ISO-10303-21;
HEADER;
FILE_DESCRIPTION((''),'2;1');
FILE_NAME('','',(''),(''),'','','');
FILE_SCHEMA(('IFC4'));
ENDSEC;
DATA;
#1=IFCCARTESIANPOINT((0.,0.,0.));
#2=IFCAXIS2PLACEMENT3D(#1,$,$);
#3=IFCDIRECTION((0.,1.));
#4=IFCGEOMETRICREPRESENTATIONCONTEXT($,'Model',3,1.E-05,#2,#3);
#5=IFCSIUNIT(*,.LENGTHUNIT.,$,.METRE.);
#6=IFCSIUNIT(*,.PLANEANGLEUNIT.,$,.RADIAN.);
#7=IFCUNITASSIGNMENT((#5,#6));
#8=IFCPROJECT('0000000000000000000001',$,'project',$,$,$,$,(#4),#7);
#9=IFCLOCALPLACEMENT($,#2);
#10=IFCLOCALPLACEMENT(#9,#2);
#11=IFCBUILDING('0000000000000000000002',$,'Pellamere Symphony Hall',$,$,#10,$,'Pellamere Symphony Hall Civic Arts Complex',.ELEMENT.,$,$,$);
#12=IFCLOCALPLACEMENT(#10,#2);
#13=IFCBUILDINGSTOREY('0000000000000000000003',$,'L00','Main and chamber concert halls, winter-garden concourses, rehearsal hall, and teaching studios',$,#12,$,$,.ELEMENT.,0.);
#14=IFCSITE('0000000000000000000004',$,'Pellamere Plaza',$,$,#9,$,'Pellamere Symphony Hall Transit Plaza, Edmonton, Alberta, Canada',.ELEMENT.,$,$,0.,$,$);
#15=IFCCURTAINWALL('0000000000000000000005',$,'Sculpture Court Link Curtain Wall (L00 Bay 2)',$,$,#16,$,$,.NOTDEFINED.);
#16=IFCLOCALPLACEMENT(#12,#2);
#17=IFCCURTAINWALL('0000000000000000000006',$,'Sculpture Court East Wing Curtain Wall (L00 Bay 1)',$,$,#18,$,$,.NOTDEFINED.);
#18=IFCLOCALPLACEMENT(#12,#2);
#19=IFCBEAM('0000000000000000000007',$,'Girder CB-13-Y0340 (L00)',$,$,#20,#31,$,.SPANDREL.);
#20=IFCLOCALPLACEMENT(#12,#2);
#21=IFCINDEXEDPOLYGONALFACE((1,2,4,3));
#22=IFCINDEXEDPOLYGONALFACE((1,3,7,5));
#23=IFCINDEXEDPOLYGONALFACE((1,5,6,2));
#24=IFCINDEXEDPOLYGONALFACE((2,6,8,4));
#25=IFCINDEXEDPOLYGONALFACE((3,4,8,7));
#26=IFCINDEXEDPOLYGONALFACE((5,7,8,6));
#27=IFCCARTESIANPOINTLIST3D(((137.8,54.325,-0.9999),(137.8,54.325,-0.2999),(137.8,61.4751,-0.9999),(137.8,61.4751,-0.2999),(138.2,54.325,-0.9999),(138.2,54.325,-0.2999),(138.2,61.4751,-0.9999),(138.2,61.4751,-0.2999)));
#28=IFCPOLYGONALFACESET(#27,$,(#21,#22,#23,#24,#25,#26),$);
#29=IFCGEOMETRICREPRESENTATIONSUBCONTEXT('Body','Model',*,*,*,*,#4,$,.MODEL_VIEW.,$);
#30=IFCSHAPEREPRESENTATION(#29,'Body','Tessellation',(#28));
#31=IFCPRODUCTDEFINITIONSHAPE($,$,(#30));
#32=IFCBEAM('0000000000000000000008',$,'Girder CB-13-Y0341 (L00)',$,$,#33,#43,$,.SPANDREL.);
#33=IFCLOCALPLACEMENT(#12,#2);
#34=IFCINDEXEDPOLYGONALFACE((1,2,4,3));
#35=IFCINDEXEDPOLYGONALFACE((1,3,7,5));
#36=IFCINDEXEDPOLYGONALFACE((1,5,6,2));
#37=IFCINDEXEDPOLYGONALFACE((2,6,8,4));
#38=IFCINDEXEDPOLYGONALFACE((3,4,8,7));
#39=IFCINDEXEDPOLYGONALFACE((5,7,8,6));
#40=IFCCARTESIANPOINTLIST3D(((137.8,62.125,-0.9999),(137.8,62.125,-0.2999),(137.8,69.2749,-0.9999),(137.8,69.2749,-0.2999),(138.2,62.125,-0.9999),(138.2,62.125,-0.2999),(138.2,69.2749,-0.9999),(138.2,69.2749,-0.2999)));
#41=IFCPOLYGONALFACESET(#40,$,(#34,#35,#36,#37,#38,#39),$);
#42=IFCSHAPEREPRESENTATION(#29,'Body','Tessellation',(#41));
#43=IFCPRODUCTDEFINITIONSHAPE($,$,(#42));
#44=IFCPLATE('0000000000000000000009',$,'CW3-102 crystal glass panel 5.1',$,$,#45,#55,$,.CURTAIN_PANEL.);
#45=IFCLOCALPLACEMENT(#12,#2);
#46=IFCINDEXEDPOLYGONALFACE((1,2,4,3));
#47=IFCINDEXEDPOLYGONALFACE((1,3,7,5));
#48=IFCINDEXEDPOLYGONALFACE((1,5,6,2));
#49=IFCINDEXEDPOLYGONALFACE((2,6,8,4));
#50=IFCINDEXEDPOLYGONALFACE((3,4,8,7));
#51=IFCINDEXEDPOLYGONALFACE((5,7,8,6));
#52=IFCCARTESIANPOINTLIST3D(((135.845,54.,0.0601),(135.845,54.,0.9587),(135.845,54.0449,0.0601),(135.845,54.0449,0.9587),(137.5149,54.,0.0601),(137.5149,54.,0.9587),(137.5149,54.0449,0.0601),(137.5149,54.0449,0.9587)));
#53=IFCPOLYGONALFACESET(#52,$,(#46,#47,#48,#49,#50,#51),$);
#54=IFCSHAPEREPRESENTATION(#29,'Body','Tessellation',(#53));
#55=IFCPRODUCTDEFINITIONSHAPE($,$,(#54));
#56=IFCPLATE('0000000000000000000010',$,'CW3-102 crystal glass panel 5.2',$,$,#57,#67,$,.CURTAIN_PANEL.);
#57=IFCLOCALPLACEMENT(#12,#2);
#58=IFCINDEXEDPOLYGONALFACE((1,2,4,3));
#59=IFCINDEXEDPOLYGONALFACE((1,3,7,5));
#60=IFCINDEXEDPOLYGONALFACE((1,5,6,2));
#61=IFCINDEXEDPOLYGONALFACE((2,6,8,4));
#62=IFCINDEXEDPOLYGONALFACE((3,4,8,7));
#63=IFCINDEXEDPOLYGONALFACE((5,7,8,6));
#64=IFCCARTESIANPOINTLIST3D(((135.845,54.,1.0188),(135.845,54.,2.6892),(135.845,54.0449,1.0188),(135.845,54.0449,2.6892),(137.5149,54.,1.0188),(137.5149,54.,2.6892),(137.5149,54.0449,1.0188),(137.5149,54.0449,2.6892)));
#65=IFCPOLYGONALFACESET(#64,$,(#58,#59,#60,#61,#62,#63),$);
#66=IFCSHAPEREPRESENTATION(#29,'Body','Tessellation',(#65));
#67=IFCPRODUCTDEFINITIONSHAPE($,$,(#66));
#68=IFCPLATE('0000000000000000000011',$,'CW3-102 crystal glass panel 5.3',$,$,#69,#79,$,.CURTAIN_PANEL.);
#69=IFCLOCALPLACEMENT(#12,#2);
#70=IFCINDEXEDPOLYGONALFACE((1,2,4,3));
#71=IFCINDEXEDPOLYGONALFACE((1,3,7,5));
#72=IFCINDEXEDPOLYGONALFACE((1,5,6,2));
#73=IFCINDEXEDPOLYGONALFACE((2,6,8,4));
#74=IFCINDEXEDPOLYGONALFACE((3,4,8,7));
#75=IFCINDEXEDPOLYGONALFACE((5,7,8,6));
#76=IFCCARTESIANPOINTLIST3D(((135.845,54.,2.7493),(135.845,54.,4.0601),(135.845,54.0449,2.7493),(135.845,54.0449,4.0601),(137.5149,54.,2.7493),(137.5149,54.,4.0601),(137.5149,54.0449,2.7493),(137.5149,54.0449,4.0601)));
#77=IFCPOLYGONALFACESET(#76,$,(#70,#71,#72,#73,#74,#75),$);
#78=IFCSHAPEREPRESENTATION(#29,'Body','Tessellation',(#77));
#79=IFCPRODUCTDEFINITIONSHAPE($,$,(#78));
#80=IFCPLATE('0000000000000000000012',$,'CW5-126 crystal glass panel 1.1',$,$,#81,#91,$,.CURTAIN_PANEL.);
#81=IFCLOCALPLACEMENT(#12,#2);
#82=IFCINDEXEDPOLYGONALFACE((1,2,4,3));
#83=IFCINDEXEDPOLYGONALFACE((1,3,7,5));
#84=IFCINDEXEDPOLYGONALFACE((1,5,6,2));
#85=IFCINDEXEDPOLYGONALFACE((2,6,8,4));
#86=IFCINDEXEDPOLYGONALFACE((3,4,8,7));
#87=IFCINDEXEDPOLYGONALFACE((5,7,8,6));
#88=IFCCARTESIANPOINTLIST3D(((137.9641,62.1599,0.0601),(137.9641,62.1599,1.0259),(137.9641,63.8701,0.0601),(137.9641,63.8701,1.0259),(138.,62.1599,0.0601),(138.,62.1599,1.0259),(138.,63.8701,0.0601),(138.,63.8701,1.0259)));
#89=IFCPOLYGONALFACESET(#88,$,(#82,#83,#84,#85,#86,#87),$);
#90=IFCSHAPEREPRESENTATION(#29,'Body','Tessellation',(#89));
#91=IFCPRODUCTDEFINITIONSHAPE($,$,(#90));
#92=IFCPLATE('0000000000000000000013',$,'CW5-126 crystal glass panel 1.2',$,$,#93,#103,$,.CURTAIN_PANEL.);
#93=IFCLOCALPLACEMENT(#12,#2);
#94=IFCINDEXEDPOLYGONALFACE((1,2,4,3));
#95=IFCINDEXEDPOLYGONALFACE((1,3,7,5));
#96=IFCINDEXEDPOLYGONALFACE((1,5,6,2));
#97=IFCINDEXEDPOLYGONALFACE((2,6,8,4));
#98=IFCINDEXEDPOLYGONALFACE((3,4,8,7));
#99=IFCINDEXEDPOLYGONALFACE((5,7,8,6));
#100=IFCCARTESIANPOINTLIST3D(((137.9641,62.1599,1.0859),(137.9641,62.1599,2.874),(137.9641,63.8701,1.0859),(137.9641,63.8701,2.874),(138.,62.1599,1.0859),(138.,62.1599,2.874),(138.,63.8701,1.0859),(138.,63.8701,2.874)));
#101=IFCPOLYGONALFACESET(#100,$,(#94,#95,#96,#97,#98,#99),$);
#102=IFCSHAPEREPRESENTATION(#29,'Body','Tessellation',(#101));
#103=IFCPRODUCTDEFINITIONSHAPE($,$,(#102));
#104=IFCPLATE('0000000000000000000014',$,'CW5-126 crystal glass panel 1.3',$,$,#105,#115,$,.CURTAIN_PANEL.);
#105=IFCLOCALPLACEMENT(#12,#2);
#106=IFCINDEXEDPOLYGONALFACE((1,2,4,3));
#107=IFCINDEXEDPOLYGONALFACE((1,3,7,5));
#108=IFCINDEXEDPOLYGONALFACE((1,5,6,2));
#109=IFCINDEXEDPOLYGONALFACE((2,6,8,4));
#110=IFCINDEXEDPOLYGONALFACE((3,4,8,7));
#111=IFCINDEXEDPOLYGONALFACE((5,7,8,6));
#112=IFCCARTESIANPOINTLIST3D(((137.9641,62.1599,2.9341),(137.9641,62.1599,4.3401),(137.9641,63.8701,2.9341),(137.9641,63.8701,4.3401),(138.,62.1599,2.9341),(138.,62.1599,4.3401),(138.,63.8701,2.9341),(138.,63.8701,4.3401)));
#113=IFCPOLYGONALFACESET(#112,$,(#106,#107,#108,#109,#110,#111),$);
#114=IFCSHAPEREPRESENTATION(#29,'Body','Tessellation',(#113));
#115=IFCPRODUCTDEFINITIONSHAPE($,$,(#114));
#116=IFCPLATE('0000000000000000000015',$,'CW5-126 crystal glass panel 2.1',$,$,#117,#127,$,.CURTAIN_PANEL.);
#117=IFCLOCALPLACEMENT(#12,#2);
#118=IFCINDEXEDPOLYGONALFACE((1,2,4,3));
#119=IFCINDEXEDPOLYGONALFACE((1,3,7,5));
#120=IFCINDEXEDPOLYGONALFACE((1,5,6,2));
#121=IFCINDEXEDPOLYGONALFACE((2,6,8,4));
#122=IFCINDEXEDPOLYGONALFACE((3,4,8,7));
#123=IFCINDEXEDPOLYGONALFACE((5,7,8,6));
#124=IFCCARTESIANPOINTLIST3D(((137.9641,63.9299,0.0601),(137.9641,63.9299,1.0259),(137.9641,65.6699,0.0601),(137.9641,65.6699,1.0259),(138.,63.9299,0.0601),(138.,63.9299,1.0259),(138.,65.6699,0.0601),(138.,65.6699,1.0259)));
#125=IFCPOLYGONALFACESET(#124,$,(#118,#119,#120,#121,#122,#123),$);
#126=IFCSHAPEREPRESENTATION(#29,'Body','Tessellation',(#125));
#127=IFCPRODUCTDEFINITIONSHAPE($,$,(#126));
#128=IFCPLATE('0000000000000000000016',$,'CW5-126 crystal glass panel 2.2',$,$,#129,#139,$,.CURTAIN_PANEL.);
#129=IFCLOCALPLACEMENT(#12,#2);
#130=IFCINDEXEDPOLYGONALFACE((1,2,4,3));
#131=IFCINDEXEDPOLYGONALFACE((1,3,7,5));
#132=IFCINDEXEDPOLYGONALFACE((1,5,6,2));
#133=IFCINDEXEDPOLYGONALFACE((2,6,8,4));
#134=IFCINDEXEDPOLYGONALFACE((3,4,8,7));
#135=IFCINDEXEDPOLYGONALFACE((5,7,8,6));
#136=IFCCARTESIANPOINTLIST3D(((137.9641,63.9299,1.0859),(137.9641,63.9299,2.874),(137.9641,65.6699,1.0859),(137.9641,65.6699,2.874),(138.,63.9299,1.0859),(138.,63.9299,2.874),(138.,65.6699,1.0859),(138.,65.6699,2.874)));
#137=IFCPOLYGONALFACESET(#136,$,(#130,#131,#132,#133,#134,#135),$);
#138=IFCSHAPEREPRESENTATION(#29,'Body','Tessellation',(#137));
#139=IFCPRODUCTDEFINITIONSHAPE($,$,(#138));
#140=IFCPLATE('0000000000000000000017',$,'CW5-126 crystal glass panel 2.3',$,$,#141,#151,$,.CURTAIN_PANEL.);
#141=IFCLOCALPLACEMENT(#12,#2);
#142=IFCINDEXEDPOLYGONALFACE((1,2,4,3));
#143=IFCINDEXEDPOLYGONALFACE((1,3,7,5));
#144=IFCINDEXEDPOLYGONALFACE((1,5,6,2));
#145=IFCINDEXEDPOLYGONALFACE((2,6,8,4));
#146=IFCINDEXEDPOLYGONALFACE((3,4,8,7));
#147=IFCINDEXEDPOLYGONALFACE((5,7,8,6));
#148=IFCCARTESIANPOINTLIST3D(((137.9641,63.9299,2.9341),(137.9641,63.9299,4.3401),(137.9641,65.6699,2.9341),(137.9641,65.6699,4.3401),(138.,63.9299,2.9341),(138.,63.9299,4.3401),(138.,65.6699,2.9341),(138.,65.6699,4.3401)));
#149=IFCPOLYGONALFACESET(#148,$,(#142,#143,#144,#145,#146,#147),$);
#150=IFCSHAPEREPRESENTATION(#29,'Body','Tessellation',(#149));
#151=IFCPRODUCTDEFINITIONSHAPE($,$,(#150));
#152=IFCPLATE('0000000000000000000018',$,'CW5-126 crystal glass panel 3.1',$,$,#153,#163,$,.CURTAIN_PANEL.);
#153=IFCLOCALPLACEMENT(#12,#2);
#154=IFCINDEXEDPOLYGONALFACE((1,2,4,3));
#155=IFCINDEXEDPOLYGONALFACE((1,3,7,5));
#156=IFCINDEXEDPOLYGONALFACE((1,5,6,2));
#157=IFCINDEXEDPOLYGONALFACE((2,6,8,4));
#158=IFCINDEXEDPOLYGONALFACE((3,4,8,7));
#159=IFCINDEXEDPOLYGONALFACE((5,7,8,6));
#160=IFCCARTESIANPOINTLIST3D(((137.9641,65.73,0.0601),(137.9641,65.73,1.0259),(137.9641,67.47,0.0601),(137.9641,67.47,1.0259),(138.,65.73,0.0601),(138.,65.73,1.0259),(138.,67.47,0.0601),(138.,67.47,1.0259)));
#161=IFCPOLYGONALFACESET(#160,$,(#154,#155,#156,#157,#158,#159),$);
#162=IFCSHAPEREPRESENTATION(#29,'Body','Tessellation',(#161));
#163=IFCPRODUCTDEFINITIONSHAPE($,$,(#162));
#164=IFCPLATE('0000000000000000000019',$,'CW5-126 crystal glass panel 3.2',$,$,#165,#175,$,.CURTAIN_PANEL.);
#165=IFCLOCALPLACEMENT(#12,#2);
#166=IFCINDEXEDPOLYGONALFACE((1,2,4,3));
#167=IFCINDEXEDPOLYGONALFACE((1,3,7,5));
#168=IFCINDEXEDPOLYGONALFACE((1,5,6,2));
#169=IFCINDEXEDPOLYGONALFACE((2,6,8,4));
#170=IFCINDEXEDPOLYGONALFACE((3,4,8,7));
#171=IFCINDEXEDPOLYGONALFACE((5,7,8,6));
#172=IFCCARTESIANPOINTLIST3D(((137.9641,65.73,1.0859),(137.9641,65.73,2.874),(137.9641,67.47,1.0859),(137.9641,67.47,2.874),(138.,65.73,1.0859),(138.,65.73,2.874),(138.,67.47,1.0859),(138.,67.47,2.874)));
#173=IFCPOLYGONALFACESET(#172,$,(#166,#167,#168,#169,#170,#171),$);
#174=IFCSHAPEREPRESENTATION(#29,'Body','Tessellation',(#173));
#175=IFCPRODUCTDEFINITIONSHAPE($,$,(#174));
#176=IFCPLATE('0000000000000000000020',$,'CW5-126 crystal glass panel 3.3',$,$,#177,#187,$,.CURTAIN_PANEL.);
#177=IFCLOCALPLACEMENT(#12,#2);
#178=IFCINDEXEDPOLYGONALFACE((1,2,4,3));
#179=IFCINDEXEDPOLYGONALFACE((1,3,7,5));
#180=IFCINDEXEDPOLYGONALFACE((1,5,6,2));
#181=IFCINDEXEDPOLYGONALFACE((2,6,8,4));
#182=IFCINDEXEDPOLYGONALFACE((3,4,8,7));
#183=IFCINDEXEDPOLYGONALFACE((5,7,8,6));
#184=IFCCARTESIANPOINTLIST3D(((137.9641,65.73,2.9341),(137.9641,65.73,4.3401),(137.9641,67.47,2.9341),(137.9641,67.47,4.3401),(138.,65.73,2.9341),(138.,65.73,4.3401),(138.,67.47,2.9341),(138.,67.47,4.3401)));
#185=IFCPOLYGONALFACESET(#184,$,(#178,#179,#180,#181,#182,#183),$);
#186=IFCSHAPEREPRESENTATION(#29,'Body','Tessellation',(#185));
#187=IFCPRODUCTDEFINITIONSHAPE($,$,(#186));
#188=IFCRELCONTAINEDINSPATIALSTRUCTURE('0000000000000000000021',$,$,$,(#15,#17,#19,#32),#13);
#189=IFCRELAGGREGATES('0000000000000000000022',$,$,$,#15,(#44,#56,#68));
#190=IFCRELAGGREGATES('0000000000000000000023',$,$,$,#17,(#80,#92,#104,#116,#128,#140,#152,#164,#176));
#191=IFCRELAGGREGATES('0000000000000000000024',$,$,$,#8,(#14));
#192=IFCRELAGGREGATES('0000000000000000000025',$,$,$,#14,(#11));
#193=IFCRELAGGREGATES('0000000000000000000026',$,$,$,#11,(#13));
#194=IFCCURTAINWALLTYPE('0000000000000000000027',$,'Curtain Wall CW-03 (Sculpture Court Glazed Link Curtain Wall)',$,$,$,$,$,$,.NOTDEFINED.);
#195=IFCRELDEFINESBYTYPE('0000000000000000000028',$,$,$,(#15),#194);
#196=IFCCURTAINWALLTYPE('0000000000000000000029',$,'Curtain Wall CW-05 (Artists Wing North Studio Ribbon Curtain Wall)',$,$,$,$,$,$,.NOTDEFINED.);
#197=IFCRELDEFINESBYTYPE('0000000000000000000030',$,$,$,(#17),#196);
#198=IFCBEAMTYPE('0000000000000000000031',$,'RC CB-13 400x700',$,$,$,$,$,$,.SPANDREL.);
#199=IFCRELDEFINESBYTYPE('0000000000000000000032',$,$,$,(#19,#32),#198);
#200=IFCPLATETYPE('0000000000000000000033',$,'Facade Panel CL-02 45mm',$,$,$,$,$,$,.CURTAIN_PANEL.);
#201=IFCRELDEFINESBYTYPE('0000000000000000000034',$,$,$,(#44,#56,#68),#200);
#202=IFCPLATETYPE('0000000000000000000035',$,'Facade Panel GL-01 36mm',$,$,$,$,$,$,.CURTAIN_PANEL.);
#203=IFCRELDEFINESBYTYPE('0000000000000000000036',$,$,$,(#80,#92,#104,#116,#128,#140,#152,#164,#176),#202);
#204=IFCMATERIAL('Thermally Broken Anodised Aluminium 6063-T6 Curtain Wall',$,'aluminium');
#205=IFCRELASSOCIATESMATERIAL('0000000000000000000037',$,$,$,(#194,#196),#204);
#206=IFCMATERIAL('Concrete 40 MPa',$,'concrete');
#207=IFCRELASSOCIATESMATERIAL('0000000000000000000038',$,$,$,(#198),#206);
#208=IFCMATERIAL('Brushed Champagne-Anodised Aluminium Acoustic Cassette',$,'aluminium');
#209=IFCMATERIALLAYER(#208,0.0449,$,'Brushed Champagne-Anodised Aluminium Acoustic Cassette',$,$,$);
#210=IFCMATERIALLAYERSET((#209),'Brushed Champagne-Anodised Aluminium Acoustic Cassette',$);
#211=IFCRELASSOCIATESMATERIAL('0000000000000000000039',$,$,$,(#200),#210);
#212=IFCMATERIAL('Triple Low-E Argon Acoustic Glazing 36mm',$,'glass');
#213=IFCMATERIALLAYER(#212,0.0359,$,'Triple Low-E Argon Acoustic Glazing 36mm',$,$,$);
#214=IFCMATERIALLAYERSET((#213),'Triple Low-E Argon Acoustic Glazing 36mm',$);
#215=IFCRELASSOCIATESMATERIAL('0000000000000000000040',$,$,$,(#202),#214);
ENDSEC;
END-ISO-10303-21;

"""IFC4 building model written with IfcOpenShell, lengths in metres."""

from ifc_helpers import new_model, si_unit, direction, frame, origin, origin_2d, place, context, subcontext, project, spatial, polyline, rectangle, outline, extrude, material, layer, layer_set, material_profile, profile_set, type_object, element, aggregate, save


model = new_model("IFC4")

# Units and contexts
model_context = context("Model", 3, precision=1e-05, world=origin(), true_north=direction((0.0, 1.0)))
body_context = subcontext(model_context, "Body", "Model", "MODEL_VIEW")
ifc_project = project(units=[si_unit("LENGTHUNIT", "METRE"), si_unit("PLANEANGLEUNIT", "RADIAN")], contexts=[model_context])

# Site, building, storey
site_placement = place(None, origin())
site = spatial("IfcSite", under=ifc_project, at=site_placement, Name="Pellamere Plaza", LongName="Pellamere Symphony Hall Transit Plaza, Edmonton, Alberta, Canada", CompositionType="ELEMENT", RefElevation=0.0)
building_placement = place(site_placement, origin())
building = spatial("IfcBuilding", under=site, at=building_placement, Name="Pellamere Symphony Hall", LongName="Pellamere Symphony Hall Civic Arts Complex", CompositionType="ELEMENT")
storey_placement = place(building_placement, origin())
storey = spatial("IfcBuildingStorey", under=building, at=storey_placement, Name="L00", Description="Main and chamber concert halls, winter-garden concourses, rehearsal hall, and teaching studios", CompositionType="ELEMENT", Elevation=0.0)

# Shared definitions
ifc_material_1 = material(Name="Concrete 40 MPa", Category="concrete")

# Curtain wall
ifc_material_2 = material(Name="Thermally Broken Anodised Aluminium 6063-T6 Curtain Wall", Category="aluminium")
curtain_wall_type_1 = type_object("IfcCurtainWallType", Name="Curtain Wall CW-03 (Sculpture Court Glazed Link Curtain Wall)", PredefinedType="NOTDEFINED", material=ifc_material_2)
curtain_wall_1_placement = place(storey_placement, origin())
curtain_wall_1 = element("IfcCurtainWall", 1, at=curtain_wall_1_placement, inside=storey, type_object=curtain_wall_type_1, Name="Sculpture Court Link Curtain Wall (L00 Bay 2)", PredefinedType="NOTDEFINED")

# Curtain wall
curtain_wall_type_2 = type_object("IfcCurtainWallType", Name="Curtain Wall CW-05 (Artists Wing North Studio Ribbon Curtain Wall)", PredefinedType="NOTDEFINED", material=ifc_material_2)
curtain_wall_2_placement = place(storey_placement, origin())
curtain_wall_2 = element("IfcCurtainWall", 2, at=curtain_wall_2_placement, inside=storey, type_object=curtain_wall_type_2, Name="Sculpture Court East Wing Curtain Wall (L00 Bay 1)", PredefinedType="NOTDEFINED")

# Beams
ifc_material_profile_1 = material_profile(ifc_material_1, rectangle(XDim=0.3999, YDim=0.7, at=origin_2d()), Name="RC 400x700")
ifc_profile_set_1 = profile_set([ifc_material_profile_1], Name="Concrete 40 MPa")
beam_type = type_object("IfcBeamType", Name="RC CB-13 400x700", PredefinedType="SPANDREL", material=ifc_profile_set_1)
beam_1_placement = place(storey_placement, frame((138.0, 54.325, -0.6499), z_axis=(0.0, 1.0, 0.0), x_axis=(-1.0, 0.0, 0.0)))
element("IfcBeam", 3, at=beam_1_placement, inside=storey, type_object=beam_type, Name="Girder CB-13-Y0340 (L00)", PredefinedType="SPANDREL", context=body_context, shape_type="SweptSolid", body=[
    extrude(rectangle(XDim=0.3999, YDim=0.7, at=origin_2d()), origin(), (0.0, 0.0, 1.0), 7.1501),
])
beam_2_placement = place(storey_placement, frame((138.0, 62.125, -0.6499), z_axis=(0.0, 1.0, 0.0), x_axis=(-1.0, 0.0, 0.0)))
element("IfcBeam", 4, at=beam_2_placement, inside=storey, type_object=beam_type, Name="Girder CB-13-Y0341 (L00)", PredefinedType="SPANDREL", context=body_context, shape_type="SweptSolid", body=[
    extrude(rectangle(XDim=0.3999, YDim=0.7, at=origin_2d()), origin(), (0.0, 0.0, 1.0), 7.1499),
])

# Plates
ifc_material_3 = material(Name="Brushed Champagne-Anodised Aluminium Acoustic Cassette", Category="aluminium")
ifc_layer_1 = layer(ifc_material_3, 0.0449, Name="Brushed Champagne-Anodised Aluminium Acoustic Cassette")
ifc_layer_set_1 = layer_set([ifc_layer_1], Name="Brushed Champagne-Anodised Aluminium Acoustic Cassette")
plate_type_1 = type_object("IfcPlateType", Name="Facade Panel CL-02 45mm", PredefinedType="CURTAIN_PANEL", material=ifc_layer_set_1)
plate_1_placement = place(storey_placement, frame((135.845, 54.0, 0.0601), z_axis=(0.0, -1.0, 0.0), x_axis=(1.0, 0.0, 0.0)))
plate_1 = element("IfcPlate", 5, at=plate_1_placement, type_object=plate_type_1, Name="CW3-102 crystal glass panel 5.1", PredefinedType="CURTAIN_PANEL", context=body_context, shape_type="SweptSolid", body=[
    extrude(outline(polyline([(0.0, 0.0), (1.6699, 0.0), (1.6699, 0.8987), (0.0, 0.8987), (0.0, 0.0)])), origin(), (0.0, 0.0, -1.0), 0.0449),
])
plate_2_placement = place(storey_placement, frame((135.845, 54.0, 1.0188), z_axis=(0.0, -1.0, 0.0), x_axis=(1.0, 0.0, 0.0)))
plate_2 = element("IfcPlate", 6, at=plate_2_placement, type_object=plate_type_1, Name="CW3-102 crystal glass panel 5.2", PredefinedType="CURTAIN_PANEL", context=body_context, shape_type="SweptSolid", body=[
    extrude(outline(polyline([(0.0, 0.0), (1.6699, 0.0), (1.6699, 1.6704), (0.0, 1.6704), (0.0, 0.0)])), origin(), (0.0, 0.0, -1.0), 0.0449),
])
plate_3_placement = place(storey_placement, frame((135.845, 54.0, 2.7493), z_axis=(0.0, -1.0, 0.0), x_axis=(1.0, 0.0, 0.0)))
plate_3 = element("IfcPlate", 7, at=plate_3_placement, type_object=plate_type_1, Name="CW3-102 crystal glass panel 5.3", PredefinedType="CURTAIN_PANEL", context=body_context, shape_type="SweptSolid", body=[
    extrude(outline(polyline([(0.0, 0.0), (1.6699, 0.0), (1.6699, 1.3108), (0.0, 1.3108), (0.0, 0.0)])), origin(), (0.0, 0.0, -1.0), 0.0449),
])
aggregate(curtain_wall_1, [plate_1, plate_2, plate_3])
ifc_material_4 = material(Name="Triple Low-E Argon Acoustic Glazing 36mm", Category="glass")
ifc_layer_2 = layer(ifc_material_4, 0.0359, Name="Triple Low-E Argon Acoustic Glazing 36mm")
ifc_layer_set_2 = layer_set([ifc_layer_2], Name="Triple Low-E Argon Acoustic Glazing 36mm")
plate_type_2 = type_object("IfcPlateType", Name="Facade Panel GL-01 36mm", PredefinedType="CURTAIN_PANEL", material=ifc_layer_set_2)
plate_4_placement = place(storey_placement, frame((138.0, 62.1599, 0.0601), z_axis=(1.0, 0.0, 0.0), x_axis=(0.0, 1.0, 0.0)))
plate_4 = element("IfcPlate", 8, at=plate_4_placement, type_object=plate_type_2, Name="CW5-126 crystal glass panel 1.1", PredefinedType="CURTAIN_PANEL", context=body_context, shape_type="SweptSolid", body=[
    extrude(outline(polyline([(0.0, 0.0), (1.7102, 0.0), (1.7102, 0.9658), (0.0, 0.9658), (0.0, 0.0)])), origin(), (0.0, 0.0, -1.0), 0.0359),
])
plate_5_placement = place(storey_placement, frame((138.0, 62.1599, 1.0859), z_axis=(1.0, 0.0, 0.0), x_axis=(0.0, 1.0, 0.0)))
plate_5 = element("IfcPlate", 9, at=plate_5_placement, type_object=plate_type_2, Name="CW5-126 crystal glass panel 1.2", PredefinedType="CURTAIN_PANEL", context=body_context, shape_type="SweptSolid", body=[
    extrude(outline(polyline([(0.0, 0.0), (1.7102, 0.0), (1.7102, 1.7881), (0.0, 1.7881), (0.0, 0.0)])), origin(), (0.0, 0.0, -1.0), 0.0359),
])
plate_6_placement = place(storey_placement, frame((138.0, 62.1599, 2.9341), z_axis=(1.0, 0.0, 0.0), x_axis=(0.0, 1.0, 0.0)))
plate_6 = element("IfcPlate", 10, at=plate_6_placement, type_object=plate_type_2, Name="CW5-126 crystal glass panel 1.3", PredefinedType="CURTAIN_PANEL", context=body_context, shape_type="SweptSolid", body=[
    extrude(outline(polyline([(0.0, 0.0), (1.7102, 0.0), (1.7102, 1.406), (0.0, 1.406), (0.0, 0.0)])), origin(), (0.0, 0.0, -1.0), 0.0359),
])
plate_7_placement = place(storey_placement, frame((138.0, 63.9299, 0.0601), z_axis=(1.0, 0.0, 0.0), x_axis=(0.0, 1.0, 0.0)))
plate_7 = element("IfcPlate", 11, at=plate_7_placement, type_object=plate_type_2, Name="CW5-126 crystal glass panel 2.1", PredefinedType="CURTAIN_PANEL", context=body_context, shape_type="SweptSolid", body=[
    extrude(outline(polyline([(0.0, 0.0), (1.74, 0.0), (1.74, 0.9658), (0.0, 0.9658), (0.0, 0.0)])), origin(), (0.0, 0.0, -1.0), 0.0359),
])
plate_8_placement = place(storey_placement, frame((138.0, 63.9299, 1.0859), z_axis=(1.0, 0.0, 0.0), x_axis=(0.0, 1.0, 0.0)))
plate_8 = element("IfcPlate", 12, at=plate_8_placement, type_object=plate_type_2, Name="CW5-126 crystal glass panel 2.2", PredefinedType="CURTAIN_PANEL", context=body_context, shape_type="SweptSolid", body=[
    extrude(outline(polyline([(0.0, 0.0), (1.74, 0.0), (1.74, 1.7881), (0.0, 1.7881), (0.0, 0.0)])), origin(), (0.0, 0.0, -1.0), 0.0359),
])
plate_9_placement = place(storey_placement, frame((138.0, 63.9299, 2.9341), z_axis=(1.0, 0.0, 0.0), x_axis=(0.0, 1.0, 0.0)))
plate_9 = element("IfcPlate", 13, at=plate_9_placement, type_object=plate_type_2, Name="CW5-126 crystal glass panel 2.3", PredefinedType="CURTAIN_PANEL", context=body_context, shape_type="SweptSolid", body=[
    extrude(outline(polyline([(0.0, 0.0), (1.74, 0.0), (1.74, 1.406), (0.0, 1.406), (0.0, 0.0)])), origin(), (0.0, 0.0, -1.0), 0.0359),
])
plate_10_placement = place(storey_placement, frame((138.0, 65.73, 0.0601), z_axis=(1.0, 0.0, 0.0), x_axis=(0.0, 1.0, 0.0)))
plate_10 = element("IfcPlate", 14, at=plate_10_placement, type_object=plate_type_2, Name="CW5-126 crystal glass panel 3.1", PredefinedType="CURTAIN_PANEL", context=body_context, shape_type="SweptSolid", body=[
    extrude(outline(polyline([(0.0, 0.0), (1.74, 0.0), (1.74, 0.9658), (0.0, 0.9658), (0.0, 0.0)])), origin(), (0.0, 0.0, -1.0), 0.0359),
])
plate_11_placement = place(storey_placement, frame((138.0, 65.73, 1.0859), z_axis=(1.0, 0.0, 0.0), x_axis=(0.0, 1.0, 0.0)))
plate_11 = element("IfcPlate", 15, at=plate_11_placement, type_object=plate_type_2, Name="CW5-126 crystal glass panel 3.2", PredefinedType="CURTAIN_PANEL", context=body_context, shape_type="SweptSolid", body=[
    extrude(outline(polyline([(0.0, 0.0), (1.74, 0.0), (1.74, 1.7881), (0.0, 1.7881), (0.0, 0.0)])), origin(), (0.0, 0.0, -1.0), 0.0359),
])
plate_12_placement = place(storey_placement, frame((138.0, 65.73, 2.9341), z_axis=(1.0, 0.0, 0.0), x_axis=(0.0, 1.0, 0.0)))
plate_12 = element("IfcPlate", 16, at=plate_12_placement, type_object=plate_type_2, Name="CW5-126 crystal glass panel 3.3", PredefinedType="CURTAIN_PANEL", context=body_context, shape_type="SweptSolid", body=[
    extrude(outline(polyline([(0.0, 0.0), (1.74, 0.0), (1.74, 1.406), (0.0, 1.406), (0.0, 0.0)])), origin(), (0.0, 0.0, -1.0), 0.0359),
])
aggregate(curtain_wall_2, [plate_4, plate_5, plate_6, plate_7, plate_8, plate_9, plate_10, plate_11, plate_12])

save(model, "model.ifc")
